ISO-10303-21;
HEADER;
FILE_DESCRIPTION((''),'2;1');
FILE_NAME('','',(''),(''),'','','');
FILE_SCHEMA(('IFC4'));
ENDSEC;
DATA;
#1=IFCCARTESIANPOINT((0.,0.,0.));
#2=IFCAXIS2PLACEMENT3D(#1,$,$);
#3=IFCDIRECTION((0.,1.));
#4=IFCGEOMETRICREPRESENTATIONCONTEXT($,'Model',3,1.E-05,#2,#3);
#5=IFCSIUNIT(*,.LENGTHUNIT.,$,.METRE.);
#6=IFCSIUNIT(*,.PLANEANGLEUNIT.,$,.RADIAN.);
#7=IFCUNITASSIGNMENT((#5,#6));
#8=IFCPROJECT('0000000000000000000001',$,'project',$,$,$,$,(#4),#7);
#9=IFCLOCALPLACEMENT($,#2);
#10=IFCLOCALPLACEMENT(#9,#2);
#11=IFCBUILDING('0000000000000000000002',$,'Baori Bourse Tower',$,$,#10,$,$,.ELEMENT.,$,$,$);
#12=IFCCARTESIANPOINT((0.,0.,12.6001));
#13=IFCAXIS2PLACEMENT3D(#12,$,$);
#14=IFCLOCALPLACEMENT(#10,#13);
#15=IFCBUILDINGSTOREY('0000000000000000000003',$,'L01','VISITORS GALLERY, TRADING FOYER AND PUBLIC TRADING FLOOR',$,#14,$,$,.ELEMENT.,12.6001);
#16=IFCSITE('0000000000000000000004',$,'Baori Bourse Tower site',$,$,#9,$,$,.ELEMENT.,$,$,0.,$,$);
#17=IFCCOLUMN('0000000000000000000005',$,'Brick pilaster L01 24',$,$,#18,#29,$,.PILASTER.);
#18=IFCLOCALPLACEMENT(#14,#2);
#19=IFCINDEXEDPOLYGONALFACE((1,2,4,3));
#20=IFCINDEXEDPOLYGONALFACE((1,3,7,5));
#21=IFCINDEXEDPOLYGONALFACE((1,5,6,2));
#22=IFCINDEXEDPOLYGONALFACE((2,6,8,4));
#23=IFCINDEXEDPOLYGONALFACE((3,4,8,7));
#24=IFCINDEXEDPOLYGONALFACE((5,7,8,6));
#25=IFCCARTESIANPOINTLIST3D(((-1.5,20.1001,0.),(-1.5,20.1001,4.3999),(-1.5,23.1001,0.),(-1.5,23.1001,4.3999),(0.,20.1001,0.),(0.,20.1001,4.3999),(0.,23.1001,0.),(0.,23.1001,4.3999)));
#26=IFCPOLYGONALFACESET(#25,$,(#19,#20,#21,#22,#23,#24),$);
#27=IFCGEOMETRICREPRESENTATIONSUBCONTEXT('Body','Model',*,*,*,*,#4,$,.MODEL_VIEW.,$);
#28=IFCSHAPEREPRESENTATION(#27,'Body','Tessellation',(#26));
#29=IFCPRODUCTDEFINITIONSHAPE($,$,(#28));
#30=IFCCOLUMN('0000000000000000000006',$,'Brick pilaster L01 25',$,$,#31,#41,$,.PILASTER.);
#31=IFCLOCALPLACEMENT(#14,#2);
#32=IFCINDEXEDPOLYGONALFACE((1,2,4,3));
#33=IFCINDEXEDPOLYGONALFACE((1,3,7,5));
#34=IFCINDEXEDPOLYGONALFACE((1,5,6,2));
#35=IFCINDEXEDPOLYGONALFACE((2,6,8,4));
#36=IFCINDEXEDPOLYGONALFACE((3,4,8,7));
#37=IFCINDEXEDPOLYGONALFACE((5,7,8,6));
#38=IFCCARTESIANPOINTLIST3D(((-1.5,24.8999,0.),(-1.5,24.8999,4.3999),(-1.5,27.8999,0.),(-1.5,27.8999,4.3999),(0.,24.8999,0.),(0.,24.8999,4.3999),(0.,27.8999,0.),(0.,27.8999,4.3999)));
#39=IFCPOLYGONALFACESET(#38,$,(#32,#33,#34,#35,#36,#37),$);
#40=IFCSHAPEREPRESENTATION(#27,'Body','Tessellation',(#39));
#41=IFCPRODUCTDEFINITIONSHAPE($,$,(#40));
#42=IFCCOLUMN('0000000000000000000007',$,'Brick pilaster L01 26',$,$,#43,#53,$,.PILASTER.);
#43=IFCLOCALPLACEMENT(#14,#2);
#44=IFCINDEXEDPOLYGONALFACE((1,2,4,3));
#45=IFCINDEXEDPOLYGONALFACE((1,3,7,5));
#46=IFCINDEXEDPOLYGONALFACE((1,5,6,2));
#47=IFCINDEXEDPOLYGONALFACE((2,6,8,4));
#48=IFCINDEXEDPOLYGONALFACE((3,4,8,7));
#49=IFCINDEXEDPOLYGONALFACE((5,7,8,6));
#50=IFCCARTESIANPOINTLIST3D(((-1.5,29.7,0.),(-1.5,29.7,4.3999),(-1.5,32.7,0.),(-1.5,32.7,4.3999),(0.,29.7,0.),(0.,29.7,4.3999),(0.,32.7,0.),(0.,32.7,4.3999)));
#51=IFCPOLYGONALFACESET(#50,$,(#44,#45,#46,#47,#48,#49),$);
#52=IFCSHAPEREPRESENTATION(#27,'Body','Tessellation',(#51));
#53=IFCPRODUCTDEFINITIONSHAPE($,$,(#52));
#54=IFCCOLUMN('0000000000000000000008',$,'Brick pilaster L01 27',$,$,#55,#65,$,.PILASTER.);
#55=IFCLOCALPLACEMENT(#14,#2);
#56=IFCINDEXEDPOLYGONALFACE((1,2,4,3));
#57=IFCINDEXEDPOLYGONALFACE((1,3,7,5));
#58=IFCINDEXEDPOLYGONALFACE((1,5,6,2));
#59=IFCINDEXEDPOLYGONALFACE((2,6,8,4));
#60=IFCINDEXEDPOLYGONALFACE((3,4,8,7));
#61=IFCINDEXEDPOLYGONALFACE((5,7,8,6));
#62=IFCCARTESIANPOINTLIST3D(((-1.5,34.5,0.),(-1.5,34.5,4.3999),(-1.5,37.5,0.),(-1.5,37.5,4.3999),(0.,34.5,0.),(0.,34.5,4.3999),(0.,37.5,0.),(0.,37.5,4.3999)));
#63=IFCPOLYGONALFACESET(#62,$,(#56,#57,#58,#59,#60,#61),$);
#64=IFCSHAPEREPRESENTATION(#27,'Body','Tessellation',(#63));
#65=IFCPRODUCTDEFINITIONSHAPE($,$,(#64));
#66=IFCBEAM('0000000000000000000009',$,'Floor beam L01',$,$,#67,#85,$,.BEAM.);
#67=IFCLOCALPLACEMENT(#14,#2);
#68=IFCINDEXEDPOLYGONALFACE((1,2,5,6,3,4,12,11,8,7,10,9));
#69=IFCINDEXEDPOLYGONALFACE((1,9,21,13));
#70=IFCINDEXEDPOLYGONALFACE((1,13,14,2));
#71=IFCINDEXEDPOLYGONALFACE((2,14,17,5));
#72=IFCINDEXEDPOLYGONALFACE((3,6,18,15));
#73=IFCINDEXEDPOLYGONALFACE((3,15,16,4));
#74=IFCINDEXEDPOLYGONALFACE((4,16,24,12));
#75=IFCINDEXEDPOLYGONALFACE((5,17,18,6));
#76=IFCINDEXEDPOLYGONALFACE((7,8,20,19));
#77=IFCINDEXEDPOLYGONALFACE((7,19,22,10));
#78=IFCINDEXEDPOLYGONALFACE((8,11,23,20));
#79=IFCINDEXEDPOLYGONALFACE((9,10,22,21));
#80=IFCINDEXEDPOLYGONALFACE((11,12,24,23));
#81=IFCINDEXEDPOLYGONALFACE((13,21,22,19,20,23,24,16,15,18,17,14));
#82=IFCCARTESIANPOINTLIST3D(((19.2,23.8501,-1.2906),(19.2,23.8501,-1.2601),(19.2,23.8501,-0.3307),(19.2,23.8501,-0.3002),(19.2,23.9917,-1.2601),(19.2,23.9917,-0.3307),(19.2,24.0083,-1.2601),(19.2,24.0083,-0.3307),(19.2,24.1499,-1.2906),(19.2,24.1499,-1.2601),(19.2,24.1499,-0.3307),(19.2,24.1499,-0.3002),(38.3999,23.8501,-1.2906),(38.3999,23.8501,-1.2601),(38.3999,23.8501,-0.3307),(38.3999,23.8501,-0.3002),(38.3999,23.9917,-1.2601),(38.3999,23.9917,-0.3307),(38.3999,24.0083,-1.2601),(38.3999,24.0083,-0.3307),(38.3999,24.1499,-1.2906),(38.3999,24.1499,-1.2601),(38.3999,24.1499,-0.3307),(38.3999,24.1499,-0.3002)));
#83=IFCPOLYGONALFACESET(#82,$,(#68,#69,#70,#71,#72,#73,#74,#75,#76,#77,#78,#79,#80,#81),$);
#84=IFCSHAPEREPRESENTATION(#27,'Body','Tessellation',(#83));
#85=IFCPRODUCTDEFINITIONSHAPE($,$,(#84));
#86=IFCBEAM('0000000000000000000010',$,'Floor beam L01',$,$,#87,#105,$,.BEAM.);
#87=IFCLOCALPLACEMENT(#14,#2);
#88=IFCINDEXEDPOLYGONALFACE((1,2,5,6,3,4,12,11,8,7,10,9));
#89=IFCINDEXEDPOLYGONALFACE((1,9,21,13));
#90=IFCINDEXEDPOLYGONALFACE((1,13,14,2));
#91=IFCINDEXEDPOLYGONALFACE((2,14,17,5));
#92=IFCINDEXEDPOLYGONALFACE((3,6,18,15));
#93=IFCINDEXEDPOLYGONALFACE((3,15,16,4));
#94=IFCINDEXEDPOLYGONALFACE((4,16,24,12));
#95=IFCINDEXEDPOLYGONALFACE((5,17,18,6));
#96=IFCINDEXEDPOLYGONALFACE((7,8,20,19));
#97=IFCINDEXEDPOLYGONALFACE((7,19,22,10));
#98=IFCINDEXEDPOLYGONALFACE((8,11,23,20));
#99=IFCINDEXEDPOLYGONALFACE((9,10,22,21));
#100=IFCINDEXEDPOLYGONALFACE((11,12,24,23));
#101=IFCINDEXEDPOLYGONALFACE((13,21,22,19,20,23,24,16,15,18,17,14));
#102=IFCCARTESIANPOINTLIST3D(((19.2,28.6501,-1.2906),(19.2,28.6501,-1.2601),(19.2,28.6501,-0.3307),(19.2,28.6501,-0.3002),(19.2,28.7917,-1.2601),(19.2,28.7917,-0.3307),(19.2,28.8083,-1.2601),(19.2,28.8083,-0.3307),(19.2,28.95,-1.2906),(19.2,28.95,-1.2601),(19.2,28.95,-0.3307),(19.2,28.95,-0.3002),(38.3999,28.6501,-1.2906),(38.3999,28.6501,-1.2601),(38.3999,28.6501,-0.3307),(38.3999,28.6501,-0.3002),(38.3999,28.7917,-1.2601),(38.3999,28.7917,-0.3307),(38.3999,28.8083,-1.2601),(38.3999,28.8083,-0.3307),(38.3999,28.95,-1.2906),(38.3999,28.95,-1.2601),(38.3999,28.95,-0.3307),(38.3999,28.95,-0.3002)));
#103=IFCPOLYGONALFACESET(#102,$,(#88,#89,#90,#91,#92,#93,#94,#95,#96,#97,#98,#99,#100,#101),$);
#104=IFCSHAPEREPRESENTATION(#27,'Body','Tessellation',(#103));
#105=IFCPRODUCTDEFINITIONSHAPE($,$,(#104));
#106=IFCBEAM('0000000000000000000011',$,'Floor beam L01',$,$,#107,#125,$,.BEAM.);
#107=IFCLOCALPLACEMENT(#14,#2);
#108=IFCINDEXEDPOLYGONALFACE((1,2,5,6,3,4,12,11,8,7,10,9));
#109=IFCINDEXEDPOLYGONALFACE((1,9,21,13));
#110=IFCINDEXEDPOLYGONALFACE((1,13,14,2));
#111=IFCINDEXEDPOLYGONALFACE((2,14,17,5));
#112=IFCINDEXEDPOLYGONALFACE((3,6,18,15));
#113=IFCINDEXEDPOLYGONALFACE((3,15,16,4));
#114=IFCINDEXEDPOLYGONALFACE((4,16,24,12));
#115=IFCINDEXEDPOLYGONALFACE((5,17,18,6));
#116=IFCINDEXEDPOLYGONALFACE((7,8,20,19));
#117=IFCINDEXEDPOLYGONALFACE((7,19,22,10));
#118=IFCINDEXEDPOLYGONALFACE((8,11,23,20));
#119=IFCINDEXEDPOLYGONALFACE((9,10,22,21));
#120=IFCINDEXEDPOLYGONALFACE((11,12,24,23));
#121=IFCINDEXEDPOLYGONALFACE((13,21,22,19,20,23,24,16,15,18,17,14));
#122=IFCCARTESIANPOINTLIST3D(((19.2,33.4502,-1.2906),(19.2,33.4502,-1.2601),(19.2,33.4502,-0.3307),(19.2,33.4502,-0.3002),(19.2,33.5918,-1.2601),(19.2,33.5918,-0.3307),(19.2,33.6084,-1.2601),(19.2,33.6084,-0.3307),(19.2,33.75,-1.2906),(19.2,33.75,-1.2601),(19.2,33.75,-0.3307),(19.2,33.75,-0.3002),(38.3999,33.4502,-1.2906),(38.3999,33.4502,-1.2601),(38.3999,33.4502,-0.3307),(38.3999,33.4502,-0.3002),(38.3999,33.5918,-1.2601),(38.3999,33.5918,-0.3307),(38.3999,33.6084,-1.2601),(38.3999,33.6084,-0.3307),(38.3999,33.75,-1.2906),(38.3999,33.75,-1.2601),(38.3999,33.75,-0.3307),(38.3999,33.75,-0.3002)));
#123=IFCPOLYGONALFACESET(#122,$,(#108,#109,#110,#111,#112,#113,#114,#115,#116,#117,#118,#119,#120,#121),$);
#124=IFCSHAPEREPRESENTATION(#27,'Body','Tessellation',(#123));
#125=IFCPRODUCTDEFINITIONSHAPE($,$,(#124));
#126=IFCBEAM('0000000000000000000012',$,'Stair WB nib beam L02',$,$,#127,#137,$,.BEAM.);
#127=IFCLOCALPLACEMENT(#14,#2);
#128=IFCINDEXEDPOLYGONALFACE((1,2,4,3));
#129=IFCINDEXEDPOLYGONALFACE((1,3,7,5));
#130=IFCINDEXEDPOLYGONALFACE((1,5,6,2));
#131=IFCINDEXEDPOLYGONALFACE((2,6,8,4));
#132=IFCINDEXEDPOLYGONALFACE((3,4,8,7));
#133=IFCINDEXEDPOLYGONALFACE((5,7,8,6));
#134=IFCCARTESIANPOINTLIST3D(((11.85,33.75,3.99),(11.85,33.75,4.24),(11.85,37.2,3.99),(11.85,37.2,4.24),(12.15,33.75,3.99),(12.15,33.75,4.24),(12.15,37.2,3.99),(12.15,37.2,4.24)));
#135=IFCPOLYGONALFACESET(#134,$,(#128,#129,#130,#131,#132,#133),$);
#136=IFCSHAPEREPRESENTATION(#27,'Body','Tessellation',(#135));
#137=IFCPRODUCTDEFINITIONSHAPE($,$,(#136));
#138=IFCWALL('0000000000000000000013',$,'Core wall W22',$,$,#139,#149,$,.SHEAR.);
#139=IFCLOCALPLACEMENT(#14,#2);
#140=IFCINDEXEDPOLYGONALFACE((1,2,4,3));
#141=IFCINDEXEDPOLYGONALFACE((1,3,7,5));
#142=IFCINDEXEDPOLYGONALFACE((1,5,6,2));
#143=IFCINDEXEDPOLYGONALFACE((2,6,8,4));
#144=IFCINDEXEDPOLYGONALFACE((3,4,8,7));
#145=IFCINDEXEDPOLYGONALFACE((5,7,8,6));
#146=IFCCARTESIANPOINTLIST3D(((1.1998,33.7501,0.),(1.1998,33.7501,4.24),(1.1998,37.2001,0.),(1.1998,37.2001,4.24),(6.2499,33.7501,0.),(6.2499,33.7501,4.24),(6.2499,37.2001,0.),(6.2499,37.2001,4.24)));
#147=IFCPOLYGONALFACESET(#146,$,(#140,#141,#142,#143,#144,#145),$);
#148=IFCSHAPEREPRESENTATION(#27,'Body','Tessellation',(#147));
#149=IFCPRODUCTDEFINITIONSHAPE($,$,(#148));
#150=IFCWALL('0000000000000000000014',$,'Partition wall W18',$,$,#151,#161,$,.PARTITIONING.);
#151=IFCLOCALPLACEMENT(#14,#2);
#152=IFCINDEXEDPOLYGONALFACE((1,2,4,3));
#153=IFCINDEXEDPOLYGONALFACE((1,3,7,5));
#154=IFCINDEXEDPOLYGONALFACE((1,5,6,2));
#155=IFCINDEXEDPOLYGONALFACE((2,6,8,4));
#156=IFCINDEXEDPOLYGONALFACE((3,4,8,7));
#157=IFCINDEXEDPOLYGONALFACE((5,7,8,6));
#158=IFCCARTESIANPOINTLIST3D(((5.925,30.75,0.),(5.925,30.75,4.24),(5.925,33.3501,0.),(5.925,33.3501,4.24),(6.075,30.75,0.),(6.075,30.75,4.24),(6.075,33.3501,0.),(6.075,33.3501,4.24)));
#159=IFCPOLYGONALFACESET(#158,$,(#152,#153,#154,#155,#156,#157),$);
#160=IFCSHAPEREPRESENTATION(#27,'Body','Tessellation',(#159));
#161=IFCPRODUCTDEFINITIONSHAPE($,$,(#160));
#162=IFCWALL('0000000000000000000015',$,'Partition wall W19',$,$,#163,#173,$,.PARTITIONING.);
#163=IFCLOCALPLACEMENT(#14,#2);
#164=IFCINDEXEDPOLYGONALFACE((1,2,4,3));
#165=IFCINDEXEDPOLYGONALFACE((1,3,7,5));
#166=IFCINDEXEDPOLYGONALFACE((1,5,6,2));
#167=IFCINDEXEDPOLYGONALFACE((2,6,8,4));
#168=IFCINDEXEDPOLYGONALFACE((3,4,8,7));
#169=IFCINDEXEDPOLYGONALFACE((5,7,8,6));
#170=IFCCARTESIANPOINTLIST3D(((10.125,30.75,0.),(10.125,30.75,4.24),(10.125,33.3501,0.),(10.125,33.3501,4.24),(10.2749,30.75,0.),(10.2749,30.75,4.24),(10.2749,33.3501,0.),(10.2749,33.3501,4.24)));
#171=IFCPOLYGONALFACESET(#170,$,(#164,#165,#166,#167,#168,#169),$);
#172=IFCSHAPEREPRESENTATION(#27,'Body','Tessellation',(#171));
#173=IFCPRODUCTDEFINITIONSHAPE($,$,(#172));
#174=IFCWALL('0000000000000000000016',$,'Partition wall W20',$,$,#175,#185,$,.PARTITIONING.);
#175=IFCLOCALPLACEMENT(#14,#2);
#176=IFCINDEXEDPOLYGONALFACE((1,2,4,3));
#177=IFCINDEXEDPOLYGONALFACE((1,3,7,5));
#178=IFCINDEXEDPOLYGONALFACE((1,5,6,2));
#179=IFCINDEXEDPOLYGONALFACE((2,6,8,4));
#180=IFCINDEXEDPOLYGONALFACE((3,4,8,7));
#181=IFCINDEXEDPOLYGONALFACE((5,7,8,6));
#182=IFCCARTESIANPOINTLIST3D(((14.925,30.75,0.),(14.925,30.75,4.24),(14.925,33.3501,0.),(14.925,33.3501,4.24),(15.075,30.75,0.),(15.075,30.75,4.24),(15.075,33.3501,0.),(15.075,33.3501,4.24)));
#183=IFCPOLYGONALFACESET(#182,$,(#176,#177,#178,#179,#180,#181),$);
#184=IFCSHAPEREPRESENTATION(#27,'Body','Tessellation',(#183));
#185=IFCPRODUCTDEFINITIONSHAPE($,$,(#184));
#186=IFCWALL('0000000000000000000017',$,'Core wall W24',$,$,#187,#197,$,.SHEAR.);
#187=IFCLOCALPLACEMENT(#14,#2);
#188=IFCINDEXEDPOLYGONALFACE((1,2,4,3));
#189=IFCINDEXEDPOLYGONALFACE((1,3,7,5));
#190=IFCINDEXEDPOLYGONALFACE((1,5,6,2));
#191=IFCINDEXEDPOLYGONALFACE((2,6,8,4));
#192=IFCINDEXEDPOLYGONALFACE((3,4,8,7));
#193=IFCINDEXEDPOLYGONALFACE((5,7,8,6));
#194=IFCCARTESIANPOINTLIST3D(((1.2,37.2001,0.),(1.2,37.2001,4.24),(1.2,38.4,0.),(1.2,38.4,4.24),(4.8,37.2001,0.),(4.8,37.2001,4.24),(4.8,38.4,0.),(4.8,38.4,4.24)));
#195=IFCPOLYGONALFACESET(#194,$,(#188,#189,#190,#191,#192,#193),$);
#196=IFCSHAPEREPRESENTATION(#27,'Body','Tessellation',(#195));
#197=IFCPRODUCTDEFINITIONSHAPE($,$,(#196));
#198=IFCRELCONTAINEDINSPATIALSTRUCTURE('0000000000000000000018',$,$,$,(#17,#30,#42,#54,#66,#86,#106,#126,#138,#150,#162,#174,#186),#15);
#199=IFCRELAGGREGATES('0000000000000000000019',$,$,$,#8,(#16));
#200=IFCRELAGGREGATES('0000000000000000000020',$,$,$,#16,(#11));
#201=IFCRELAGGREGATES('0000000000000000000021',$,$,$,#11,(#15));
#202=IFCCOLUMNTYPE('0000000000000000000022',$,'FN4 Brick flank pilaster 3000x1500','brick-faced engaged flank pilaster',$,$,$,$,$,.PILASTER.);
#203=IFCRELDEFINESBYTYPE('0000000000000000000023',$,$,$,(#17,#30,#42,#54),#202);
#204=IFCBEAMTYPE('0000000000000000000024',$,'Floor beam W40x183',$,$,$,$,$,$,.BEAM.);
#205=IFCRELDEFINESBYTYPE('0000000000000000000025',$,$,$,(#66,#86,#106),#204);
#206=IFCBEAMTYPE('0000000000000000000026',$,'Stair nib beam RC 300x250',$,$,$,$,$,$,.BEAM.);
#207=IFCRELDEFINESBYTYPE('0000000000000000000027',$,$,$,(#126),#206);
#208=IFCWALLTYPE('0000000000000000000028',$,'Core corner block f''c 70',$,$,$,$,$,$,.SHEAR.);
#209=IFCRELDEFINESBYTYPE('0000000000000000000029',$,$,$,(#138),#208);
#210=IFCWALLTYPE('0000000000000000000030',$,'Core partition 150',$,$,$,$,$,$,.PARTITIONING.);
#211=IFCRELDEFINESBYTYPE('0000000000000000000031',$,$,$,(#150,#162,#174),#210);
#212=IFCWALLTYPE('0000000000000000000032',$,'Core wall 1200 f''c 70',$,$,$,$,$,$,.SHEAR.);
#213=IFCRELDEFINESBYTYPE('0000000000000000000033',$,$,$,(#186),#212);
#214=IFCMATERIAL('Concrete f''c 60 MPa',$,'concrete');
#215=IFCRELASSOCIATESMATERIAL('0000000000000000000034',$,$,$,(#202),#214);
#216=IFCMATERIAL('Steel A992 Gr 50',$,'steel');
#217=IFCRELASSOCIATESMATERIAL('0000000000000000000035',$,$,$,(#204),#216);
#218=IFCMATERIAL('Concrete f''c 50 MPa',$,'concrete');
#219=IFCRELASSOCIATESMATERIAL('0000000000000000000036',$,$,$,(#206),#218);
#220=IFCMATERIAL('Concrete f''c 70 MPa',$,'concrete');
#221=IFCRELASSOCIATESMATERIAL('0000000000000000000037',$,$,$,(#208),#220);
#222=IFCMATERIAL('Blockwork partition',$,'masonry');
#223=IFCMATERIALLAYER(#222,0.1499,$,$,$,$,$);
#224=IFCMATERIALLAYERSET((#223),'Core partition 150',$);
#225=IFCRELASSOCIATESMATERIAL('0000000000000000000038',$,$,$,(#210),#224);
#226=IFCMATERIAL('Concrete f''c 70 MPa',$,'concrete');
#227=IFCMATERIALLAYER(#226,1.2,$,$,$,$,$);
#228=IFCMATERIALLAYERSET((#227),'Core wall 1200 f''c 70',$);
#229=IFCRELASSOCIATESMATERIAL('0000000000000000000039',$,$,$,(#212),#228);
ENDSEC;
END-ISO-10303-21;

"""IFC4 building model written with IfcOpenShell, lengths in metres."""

from ifc_helpers import new_model, si_unit, direction, frame, frame_2d, origin, origin_2d, place, context, subcontext, project, spatial, rectangle, i_section, extrude, material, layer, layer_set, material_profile, profile_set, type_object, element, save


model = new_model("IFC4")

# Units and contexts
model_context = context("Model", 3, precision=1e-05, world=origin(), true_north=direction((0.0, 1.0)))
body_context = subcontext(model_context, "Body", "Model", "MODEL_VIEW")
ifc_project = project(units=[si_unit("LENGTHUNIT", "METRE"), si_unit("PLANEANGLEUNIT", "RADIAN")], contexts=[model_context])

# Site, building, storey
site_placement = place(None, origin())
site = spatial("IfcSite", under=ifc_project, at=site_placement, Name="Baori Bourse Tower site", CompositionType="ELEMENT", RefElevation=0.0)
building_placement = place(site_placement, origin())
building = spatial("IfcBuilding", under=site, at=building_placement, Name="Baori Bourse Tower", CompositionType="ELEMENT")
storey_placement = place(building_placement, frame((0.0, 0.0, 12.6001)))
storey = spatial("IfcBuildingStorey", under=building, at=storey_placement, Name="L01", Description="VISITORS GALLERY, TRADING FOYER AND PUBLIC TRADING FLOOR", CompositionType="ELEMENT", Elevation=12.6001)

# Columns
ifc_material_1 = material(Name="Concrete f'c 60 MPa", Category="concrete")
ifc_material_profile_1 = material_profile(ifc_material_1, rectangle(XDim=3.0, YDim=1.5, at=origin_2d()), Name="RC 3000x1500")
ifc_profile_set_1 = profile_set([ifc_material_profile_1], Name="Concrete f'c 60 MPa")
column_type = type_object("IfcColumnType", Name="FN4 Brick flank pilaster 3000x1500", Description="brick-faced engaged flank pilaster", PredefinedType="PILASTER", material=ifc_profile_set_1)
for number, where, z_axis, x_axis, name in (
    (1, (-0.75, 21.6001, 0.0), (0.0, 0.0, 1.0), (0.0, 1.0, 0.0), "Brick pilaster L01 24"),
    (2, (-0.75, 26.3999, 0.0), (0.0, 0.0, 1.0), (0.0, 1.0, 0.0), "Brick pilaster L01 25"),
    (3, (-0.75, 31.2, 0.0), (0.0, 0.0, 1.0), (0.0, 1.0, 0.0), "Brick pilaster L01 26"),
    (4, (-0.75, 36.0, 0.0), (0.0, 0.0, 1.0), (0.0, 1.0, 0.0), "Brick pilaster L01 27"),
):
    element("IfcColumn", number, at=place(storey_placement, frame(where, z_axis=z_axis, x_axis=x_axis)), inside=storey, type_object=column_type, Name=name, PredefinedType="PILASTER", context=body_context, shape_type="SweptSolid", body=[
        extrude(rectangle(XDim=3.0, YDim=1.5, at=origin_2d()), origin(), (0.0, 0.0, 1.0), 4.3999),
    ])

# Beams
ifc_material_2 = material(Name="Steel A992 Gr 50", Category="steel")
ifc_material_profile_2 = material_profile(ifc_material_2, i_section(OverallWidth=0.2998, OverallDepth=0.9905, WebThickness=0.0166, FlangeThickness=0.0305, at=origin_2d()), Name="W40x183")
ifc_profile_set_2 = profile_set([ifc_material_profile_2], Name="Steel A992 Gr 50")
beam_type_1 = type_object("IfcBeamType", Name="Floor beam W40x183", PredefinedType="BEAM", material=ifc_profile_set_2)
for number, where, z_axis, x_axis, name in (
    (5, (19.2, 24.0, -0.7954), (1.0, 0.0, 0.0), (0.0, 1.0, 0.0), "Floor beam L01"),
    (6, (19.2, 28.8, -0.7954), (1.0, 0.0, 0.0), (0.0, 1.0, 0.0), "Floor beam L01"),
    (7, (19.2, 33.6001, -0.7954), (1.0, 0.0, 0.0), (0.0, 1.0, 0.0), "Floor beam L01"),
):
    element("IfcBeam", number, at=place(storey_placement, frame(where, z_axis=z_axis, x_axis=x_axis)), inside=storey, type_object=beam_type_1, Name=name, PredefinedType="BEAM", context=body_context, shape_type="SweptSolid", body=[
        extrude(i_section(OverallWidth=0.2998, OverallDepth=0.9905, WebThickness=0.0166, FlangeThickness=0.0305, at=origin_2d()), origin(), (0.0, 0.0, 1.0), 19.2),
    ])
ifc_material_3 = material(Name="Concrete f'c 50 MPa", Category="concrete")
ifc_material_profile_3 = material_profile(ifc_material_3, rectangle(XDim=0.3, YDim=0.25, at=origin_2d()), Name="RC 300x250")
ifc_profile_set_3 = profile_set([ifc_material_profile_3], Name="Concrete f'c 50 MPa")
beam_type_2 = type_object("IfcBeamType", Name="Stair nib beam RC 300x250", PredefinedType="BEAM", material=ifc_profile_set_3)
beam_placement = place(storey_placement, frame((12.0, 33.75, 4.115), z_axis=(0.0, 1.0, 0.0), x_axis=(-1.0, 0.0, 0.0)))
element("IfcBeam", 8, at=beam_placement, inside=storey, type_object=beam_type_2, Name="Stair WB nib beam L02", PredefinedType="BEAM", context=body_context, shape_type="SweptSolid", body=[
    extrude(rectangle(XDim=0.3, YDim=0.25, at=origin_2d()), origin(), (0.0, 0.0, 1.0), 3.45),
])

# Walls
ifc_material_4 = material(Name="Concrete f'c 70 MPa", Category="concrete")
wall_type_1 = type_object("IfcWallType", Name="Core corner block f'c 70", PredefinedType="SHEAR", material=ifc_material_4)
wall_1_placement = place(storey_placement, frame((1.2, 35.4751, 0.0), z_axis=(0.0, 0.0, 1.0), x_axis=(1.0, 0.0, 0.0)))
element("IfcWall", 9, at=wall_1_placement, inside=storey, type_object=wall_type_1, Name="Core wall W22", PredefinedType="SHEAR", context=body_context, shape_type="SweptSolid", body=[
    extrude(rectangle(XDim=5.05, YDim=3.45, at=frame_2d((2.5249, 0.0))), origin(), (0.0, 0.0, 1.0), 4.24),
])
ifc_material_5 = material(Name="Blockwork partition", Category="masonry")
ifc_layer_1 = layer(ifc_material_5, 0.1499)
ifc_layer_set_1 = layer_set([ifc_layer_1], Name="Core partition 150")
wall_type_2 = type_object("IfcWallType", Name="Core partition 150", PredefinedType="PARTITIONING", material=ifc_layer_set_1)
for number, where, z_axis, x_axis, name in (
    (10, (6.0, 30.75, 0.0), (0.0, 0.0, 1.0), (0.0, 1.0, 0.0), "Partition wall W18"),
    (11, (10.2, 30.75, 0.0), (0.0, 0.0, 1.0), (0.0, 1.0, 0.0), "Partition wall W19"),
    (12, (15.0, 30.75, 0.0), (0.0, 0.0, 1.0), (0.0, 1.0, 0.0), "Partition wall W20"),
):
    element("IfcWall", number, at=place(storey_placement, frame(where, z_axis=z_axis, x_axis=x_axis)), inside=storey, type_object=wall_type_2, Name=name, PredefinedType="PARTITIONING", context=body_context, shape_type="SweptSolid", body=[
        extrude(rectangle(XDim=2.6001, YDim=0.1499, at=frame_2d((1.3, 0.0))), origin(), (0.0, 0.0, 1.0), 4.24),
    ])
ifc_material_6 = material(Name="Concrete f'c 70 MPa", Category="concrete")
ifc_layer_2 = layer(ifc_material_6, 1.2)
ifc_layer_set_2 = layer_set([ifc_layer_2], Name="Core wall 1200 f'c 70")
wall_type_3 = type_object("IfcWallType", Name="Core wall 1200 f'c 70", PredefinedType="SHEAR", material=ifc_layer_set_2)
wall_2_placement = place(storey_placement, frame((1.2, 37.8, 0.0), z_axis=(0.0, 0.0, 1.0), x_axis=(1.0, 0.0, 0.0)))
element("IfcWall", 13, at=wall_2_placement, inside=storey, type_object=wall_type_3, Name="Core wall W24", PredefinedType="SHEAR", context=body_context, shape_type="SweptSolid", body=[
    extrude(rectangle(XDim=3.6001, YDim=1.2, at=frame_2d((1.8, 0.0))), origin(), (0.0, 0.0, 1.0), 4.24),
])

save(model, "model.ifc")
